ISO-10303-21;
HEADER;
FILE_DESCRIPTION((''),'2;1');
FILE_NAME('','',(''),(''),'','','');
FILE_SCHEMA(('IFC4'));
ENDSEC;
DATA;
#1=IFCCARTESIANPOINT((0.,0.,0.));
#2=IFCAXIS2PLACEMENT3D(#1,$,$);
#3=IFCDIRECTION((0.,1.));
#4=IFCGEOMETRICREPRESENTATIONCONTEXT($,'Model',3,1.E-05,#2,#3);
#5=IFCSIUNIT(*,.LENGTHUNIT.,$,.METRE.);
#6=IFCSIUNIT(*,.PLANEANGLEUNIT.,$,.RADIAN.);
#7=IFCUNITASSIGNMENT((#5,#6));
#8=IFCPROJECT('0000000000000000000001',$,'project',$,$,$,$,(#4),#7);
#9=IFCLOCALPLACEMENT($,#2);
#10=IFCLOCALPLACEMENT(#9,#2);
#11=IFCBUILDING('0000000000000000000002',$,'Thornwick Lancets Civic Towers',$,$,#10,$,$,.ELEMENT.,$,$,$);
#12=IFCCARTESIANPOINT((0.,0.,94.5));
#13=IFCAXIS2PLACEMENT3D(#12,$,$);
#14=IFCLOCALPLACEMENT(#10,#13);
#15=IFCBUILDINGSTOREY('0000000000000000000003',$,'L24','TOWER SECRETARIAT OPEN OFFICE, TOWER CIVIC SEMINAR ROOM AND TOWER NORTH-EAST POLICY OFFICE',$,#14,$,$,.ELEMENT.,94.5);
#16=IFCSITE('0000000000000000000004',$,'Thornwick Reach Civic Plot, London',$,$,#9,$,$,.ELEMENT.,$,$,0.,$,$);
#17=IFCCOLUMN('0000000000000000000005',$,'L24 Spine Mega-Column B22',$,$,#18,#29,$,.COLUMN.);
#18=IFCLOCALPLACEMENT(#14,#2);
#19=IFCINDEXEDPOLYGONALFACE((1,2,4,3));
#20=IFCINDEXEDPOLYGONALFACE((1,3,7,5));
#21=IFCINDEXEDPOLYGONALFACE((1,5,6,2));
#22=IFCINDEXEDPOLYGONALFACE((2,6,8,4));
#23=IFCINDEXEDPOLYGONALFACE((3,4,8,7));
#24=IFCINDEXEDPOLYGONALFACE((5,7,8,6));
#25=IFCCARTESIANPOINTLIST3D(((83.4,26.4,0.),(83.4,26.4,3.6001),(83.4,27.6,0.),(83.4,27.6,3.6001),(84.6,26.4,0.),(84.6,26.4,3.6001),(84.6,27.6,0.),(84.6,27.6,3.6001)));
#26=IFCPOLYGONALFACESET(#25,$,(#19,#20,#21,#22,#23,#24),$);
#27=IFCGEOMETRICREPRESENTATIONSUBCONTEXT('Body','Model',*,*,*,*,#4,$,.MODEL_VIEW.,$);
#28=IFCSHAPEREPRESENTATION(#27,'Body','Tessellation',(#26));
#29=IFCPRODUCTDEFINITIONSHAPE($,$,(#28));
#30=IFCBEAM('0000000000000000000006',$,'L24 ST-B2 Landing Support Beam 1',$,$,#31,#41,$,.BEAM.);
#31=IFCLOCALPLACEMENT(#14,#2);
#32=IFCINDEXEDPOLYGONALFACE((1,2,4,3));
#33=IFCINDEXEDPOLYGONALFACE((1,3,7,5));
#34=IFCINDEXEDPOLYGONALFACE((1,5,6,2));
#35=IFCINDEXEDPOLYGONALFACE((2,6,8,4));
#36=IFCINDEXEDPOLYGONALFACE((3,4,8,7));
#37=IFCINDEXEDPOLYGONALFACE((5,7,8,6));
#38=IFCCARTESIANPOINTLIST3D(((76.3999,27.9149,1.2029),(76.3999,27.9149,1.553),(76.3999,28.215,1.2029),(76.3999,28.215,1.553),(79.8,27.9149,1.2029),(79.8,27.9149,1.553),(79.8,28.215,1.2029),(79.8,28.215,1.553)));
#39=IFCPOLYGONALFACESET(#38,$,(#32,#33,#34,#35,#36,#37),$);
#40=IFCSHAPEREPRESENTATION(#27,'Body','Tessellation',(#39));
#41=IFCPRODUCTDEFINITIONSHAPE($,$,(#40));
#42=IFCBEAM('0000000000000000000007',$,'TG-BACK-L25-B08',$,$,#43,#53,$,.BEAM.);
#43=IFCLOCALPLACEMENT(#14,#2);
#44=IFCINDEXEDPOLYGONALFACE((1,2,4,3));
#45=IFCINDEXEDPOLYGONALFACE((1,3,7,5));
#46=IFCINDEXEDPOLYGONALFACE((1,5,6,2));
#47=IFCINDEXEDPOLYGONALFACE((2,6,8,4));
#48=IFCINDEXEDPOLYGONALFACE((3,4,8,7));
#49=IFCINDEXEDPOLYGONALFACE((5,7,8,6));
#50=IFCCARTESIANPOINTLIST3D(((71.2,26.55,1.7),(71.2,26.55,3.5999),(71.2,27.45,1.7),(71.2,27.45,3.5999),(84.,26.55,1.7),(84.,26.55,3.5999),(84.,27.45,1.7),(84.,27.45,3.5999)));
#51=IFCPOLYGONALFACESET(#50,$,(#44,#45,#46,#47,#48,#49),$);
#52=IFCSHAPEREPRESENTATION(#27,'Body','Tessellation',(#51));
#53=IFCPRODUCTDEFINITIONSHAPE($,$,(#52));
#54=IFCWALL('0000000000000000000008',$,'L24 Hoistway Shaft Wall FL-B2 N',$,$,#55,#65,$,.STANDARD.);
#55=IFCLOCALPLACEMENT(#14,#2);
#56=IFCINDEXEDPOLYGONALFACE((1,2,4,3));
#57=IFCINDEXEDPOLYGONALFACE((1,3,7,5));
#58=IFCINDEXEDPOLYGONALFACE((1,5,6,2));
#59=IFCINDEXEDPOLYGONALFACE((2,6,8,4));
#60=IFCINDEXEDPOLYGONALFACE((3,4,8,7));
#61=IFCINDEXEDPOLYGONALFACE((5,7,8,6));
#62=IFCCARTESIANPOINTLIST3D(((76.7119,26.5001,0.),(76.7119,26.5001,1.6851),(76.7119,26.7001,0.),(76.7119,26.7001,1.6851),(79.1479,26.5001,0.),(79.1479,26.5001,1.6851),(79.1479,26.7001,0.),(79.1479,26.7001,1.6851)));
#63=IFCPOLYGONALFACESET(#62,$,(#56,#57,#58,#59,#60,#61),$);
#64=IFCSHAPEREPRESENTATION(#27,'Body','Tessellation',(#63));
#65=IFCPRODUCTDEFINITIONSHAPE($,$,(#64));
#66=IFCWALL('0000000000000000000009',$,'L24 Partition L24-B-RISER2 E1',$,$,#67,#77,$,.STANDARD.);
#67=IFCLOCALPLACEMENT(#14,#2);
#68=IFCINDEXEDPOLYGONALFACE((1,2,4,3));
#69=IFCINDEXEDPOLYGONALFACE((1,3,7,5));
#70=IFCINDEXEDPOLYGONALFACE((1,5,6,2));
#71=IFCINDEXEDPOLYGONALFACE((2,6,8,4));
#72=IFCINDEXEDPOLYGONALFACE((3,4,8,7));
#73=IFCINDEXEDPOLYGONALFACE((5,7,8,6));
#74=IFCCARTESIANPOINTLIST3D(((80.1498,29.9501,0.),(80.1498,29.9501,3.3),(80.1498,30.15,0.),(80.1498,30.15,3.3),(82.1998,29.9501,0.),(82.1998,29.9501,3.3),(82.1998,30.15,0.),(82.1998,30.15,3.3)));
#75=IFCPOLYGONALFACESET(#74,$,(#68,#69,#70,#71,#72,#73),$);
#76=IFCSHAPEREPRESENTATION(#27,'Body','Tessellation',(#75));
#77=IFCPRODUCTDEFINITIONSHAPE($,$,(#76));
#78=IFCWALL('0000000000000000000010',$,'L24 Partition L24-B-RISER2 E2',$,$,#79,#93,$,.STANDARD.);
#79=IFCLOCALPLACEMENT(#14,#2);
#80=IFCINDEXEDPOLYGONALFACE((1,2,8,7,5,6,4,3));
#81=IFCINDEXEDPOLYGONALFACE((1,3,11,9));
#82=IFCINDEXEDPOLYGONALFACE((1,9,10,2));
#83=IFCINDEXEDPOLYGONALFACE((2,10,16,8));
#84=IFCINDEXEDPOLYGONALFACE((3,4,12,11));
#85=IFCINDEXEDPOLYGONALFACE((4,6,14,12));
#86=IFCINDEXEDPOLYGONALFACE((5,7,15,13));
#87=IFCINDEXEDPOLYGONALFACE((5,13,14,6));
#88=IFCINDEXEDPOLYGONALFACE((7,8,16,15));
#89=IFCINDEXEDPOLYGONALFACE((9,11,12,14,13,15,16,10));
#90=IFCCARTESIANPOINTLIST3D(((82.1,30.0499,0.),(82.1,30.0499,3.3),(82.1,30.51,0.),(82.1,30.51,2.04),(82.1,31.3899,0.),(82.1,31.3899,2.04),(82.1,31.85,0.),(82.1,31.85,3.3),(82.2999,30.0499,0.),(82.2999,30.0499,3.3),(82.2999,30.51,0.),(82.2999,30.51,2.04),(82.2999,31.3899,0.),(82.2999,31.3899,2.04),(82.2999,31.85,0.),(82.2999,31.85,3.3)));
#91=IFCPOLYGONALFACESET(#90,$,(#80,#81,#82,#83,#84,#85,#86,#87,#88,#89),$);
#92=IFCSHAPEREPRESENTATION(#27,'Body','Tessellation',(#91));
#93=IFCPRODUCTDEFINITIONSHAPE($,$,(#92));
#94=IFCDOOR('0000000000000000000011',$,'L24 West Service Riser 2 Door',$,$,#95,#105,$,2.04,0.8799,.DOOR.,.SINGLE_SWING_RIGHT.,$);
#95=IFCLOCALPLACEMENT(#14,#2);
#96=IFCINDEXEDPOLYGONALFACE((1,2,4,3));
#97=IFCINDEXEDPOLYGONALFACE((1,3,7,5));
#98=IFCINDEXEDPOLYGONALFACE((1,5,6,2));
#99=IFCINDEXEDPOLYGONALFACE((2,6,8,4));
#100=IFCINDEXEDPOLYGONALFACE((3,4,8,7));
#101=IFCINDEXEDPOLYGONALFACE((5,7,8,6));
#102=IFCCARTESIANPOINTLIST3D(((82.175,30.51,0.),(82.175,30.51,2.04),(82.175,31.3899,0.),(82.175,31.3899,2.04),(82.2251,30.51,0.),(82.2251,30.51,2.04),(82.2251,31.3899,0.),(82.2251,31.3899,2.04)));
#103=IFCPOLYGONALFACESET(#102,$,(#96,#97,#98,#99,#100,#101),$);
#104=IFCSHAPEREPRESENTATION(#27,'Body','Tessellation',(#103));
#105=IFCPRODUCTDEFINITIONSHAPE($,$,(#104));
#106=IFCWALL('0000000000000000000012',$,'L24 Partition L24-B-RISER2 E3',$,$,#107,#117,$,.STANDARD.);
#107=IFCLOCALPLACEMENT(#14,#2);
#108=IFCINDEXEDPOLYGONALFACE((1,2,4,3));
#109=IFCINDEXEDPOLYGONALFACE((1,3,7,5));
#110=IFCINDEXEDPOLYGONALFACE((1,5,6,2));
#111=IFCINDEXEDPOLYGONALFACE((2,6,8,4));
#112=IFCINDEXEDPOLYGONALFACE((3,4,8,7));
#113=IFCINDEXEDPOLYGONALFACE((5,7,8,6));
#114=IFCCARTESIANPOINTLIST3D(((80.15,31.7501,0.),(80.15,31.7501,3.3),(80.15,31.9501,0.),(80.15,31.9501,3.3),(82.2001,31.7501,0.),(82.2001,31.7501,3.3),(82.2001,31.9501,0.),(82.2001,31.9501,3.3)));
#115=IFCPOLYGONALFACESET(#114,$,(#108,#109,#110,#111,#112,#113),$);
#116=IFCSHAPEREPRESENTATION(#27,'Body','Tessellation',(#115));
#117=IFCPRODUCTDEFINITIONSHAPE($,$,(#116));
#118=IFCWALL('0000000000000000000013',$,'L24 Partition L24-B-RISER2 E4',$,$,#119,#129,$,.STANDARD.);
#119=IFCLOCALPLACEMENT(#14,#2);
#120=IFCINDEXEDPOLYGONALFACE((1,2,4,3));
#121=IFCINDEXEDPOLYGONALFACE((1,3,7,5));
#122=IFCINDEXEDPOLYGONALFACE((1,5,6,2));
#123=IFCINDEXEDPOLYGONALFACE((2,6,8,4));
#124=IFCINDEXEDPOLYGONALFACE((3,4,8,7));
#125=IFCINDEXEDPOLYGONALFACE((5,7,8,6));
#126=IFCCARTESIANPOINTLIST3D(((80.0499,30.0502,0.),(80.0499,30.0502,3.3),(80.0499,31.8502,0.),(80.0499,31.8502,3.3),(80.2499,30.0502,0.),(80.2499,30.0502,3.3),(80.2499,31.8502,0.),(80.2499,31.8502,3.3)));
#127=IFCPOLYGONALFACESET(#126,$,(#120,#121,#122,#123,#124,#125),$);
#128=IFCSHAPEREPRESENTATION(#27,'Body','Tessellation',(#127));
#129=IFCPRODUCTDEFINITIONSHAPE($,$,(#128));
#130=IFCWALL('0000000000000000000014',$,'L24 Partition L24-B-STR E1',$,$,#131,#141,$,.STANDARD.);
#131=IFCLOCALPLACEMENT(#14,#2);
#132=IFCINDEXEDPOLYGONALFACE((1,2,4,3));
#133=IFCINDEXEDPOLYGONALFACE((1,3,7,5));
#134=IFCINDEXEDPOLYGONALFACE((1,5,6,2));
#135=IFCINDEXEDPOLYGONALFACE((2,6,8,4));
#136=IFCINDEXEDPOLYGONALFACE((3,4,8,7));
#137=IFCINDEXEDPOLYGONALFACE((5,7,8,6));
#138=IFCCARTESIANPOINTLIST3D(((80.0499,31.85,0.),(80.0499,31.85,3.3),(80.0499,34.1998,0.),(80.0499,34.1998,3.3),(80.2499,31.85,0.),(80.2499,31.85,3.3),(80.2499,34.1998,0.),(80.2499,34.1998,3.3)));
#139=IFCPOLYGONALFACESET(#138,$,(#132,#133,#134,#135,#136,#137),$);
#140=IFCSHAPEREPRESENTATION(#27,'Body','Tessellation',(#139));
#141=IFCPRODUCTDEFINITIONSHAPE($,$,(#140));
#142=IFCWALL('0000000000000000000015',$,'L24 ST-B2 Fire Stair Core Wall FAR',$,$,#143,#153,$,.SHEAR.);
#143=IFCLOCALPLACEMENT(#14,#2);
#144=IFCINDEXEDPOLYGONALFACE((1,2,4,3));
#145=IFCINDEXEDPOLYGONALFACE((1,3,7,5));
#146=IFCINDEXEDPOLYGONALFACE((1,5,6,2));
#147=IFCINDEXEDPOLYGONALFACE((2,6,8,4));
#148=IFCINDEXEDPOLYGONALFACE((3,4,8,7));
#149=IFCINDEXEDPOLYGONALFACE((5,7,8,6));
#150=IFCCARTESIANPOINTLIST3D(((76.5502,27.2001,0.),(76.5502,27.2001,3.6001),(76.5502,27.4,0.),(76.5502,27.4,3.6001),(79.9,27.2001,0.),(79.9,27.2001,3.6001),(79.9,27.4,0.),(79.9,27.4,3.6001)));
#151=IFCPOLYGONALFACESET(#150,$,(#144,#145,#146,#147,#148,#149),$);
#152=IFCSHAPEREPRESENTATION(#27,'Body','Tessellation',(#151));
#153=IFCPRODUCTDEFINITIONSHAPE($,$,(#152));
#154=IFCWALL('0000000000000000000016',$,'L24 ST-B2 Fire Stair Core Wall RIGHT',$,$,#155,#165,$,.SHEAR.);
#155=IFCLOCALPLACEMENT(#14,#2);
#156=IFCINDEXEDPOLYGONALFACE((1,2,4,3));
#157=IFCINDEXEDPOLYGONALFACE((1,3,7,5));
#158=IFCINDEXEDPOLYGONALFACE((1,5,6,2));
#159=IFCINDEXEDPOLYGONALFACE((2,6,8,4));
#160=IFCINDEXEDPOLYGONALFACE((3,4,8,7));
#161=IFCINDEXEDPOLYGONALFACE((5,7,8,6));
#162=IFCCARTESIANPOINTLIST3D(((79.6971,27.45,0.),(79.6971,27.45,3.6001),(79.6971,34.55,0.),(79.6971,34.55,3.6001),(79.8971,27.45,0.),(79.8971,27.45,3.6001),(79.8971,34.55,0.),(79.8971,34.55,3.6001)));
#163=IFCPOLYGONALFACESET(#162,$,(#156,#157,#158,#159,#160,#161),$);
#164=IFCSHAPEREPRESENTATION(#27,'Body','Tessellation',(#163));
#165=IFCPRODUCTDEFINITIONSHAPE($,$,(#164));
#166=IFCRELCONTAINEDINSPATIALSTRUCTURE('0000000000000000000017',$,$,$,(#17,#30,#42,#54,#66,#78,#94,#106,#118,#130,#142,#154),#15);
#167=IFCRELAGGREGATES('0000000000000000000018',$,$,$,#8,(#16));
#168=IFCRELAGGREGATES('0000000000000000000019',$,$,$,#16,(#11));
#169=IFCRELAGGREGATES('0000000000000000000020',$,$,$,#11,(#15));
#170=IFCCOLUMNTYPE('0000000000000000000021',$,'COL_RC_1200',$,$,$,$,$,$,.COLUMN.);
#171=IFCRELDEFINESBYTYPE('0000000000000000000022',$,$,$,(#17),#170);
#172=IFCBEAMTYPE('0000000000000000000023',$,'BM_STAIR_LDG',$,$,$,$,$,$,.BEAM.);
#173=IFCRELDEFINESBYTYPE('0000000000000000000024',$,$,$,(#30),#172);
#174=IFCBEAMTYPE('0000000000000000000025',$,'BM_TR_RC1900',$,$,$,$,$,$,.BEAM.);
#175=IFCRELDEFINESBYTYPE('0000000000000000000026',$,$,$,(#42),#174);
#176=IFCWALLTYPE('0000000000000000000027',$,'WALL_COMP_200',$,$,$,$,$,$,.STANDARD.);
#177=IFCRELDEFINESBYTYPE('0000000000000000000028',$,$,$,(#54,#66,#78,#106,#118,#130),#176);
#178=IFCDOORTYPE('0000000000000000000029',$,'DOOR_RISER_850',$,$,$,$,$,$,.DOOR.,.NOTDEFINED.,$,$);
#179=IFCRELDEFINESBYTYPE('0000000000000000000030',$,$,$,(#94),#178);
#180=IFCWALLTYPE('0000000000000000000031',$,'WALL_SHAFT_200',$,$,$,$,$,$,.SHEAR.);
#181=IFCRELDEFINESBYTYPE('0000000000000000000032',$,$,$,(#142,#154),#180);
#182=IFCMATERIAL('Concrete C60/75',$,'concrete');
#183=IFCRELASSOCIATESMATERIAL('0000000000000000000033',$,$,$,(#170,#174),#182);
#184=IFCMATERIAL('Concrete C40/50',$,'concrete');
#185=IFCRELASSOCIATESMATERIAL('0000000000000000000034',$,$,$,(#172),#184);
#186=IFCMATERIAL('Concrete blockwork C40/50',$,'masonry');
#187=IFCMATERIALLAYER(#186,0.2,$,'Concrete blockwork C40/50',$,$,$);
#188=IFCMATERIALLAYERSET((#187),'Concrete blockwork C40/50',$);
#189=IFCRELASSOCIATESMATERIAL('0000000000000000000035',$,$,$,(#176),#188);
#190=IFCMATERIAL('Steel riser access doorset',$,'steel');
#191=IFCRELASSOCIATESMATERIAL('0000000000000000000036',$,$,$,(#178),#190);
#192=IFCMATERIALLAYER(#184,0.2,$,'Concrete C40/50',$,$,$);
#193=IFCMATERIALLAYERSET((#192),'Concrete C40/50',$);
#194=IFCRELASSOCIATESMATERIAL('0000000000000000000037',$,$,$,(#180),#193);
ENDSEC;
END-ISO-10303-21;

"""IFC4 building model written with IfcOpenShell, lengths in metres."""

from ifc_helpers import new_model, si_unit, direction, frame, frame_2d, origin, origin_2d, place, context, subcontext, project, spatial, rectangle, extrude, material, layer, layer_set, material_profile, profile_set, type_object, element, fill, save


model = new_model("IFC4")

# Units and contexts
model_context = context("Model", 3, precision=1e-05, world=origin(), true_north=direction((0.0, 1.0)))
body_context = subcontext(model_context, "Body", "Model", "MODEL_VIEW")
ifc_project = project(units=[si_unit("LENGTHUNIT", "METRE"), si_unit("PLANEANGLEUNIT", "RADIAN")], contexts=[model_context])

# Site, building, storey
site_placement = place(None, origin())
site = spatial("IfcSite", under=ifc_project, at=site_placement, Name="Thornwick Reach Civic Plot, London", CompositionType="ELEMENT", RefElevation=0.0)
building_placement = place(site_placement, origin())
building = spatial("IfcBuilding", under=site, at=building_placement, Name="Thornwick Lancets Civic Towers", CompositionType="ELEMENT")
storey_placement = place(building_placement, frame((0.0, 0.0, 94.5)))
storey = spatial("IfcBuildingStorey", under=building, at=storey_placement, Name="L24", Description="TOWER SECRETARIAT OPEN OFFICE, TOWER CIVIC SEMINAR ROOM AND TOWER NORTH-EAST POLICY OFFICE", CompositionType="ELEMENT", Elevation=94.5)

# Column
ifc_material_1 = material(Name="Concrete C60/75", Category="concrete")
ifc_material_profile_1 = material_profile(ifc_material_1, rectangle(XDim=1.2, YDim=1.2, at=origin_2d()), Name="RC 1200x1200")
ifc_profile_set_1 = profile_set([ifc_material_profile_1], Name="Concrete C60/75")
column_type = type_object("IfcColumnType", Name="COL_RC_1200", PredefinedType="COLUMN", material=ifc_profile_set_1)
column_placement = place(storey_placement, frame((84.0, 27.0, 0.0), z_axis=(0.0, 0.0, 1.0), x_axis=(1.0, 0.0, 0.0)))
element("IfcColumn", 1, at=column_placement, inside=storey, type_object=column_type, Name="L24 Spine Mega-Column B22", PredefinedType="COLUMN", context=body_context, shape_type="SweptSolid", body=[
    extrude(rectangle(XDim=1.2, YDim=1.2, at=origin_2d()), origin(), (0.0, 0.0, 1.0), 3.6001),
])

# Beams
ifc_material_2 = material(Name="Concrete C40/50", Category="concrete")
ifc_material_profile_2 = material_profile(ifc_material_2, rectangle(XDim=0.3, YDim=0.3501, at=origin_2d()), Name="RC 300x350")
ifc_profile_set_2 = profile_set([ifc_material_profile_2], Name="Concrete C40/50")
beam_type_1 = type_object("IfcBeamType", Name="BM_STAIR_LDG", PredefinedType="BEAM", material=ifc_profile_set_2)
beam_1_placement = place(storey_placement, frame((76.3999, 28.0649, 1.3779), z_axis=(1.0, 0.0, 0.0), x_axis=(0.0, 1.0, 0.0)))
element("IfcBeam", 2, at=beam_1_placement, inside=storey, type_object=beam_type_1, Name="L24 ST-B2 Landing Support Beam 1", PredefinedType="BEAM", context=body_context, shape_type="SweptSolid", body=[
    extrude(rectangle(XDim=0.3, YDim=0.3501, at=origin_2d()), origin(), (0.0, 0.0, 1.0), 3.4001),
])
ifc_material_profile_3 = material_profile(ifc_material_1, rectangle(XDim=0.8999, YDim=1.8999, at=origin_2d()), Name="RC 900x1900")
ifc_profile_set_3 = profile_set([ifc_material_profile_3], Name="Concrete C60/75")
beam_type_2 = type_object("IfcBeamType", Name="BM_TR_RC1900", PredefinedType="BEAM", material=ifc_profile_set_3)
beam_2_placement = place(storey_placement, frame((84.0, 27.0, 2.6499), z_axis=(-1.0, 0.0, 0.0), x_axis=(0.0, -1.0, 0.0)))
element("IfcBeam", 3, at=beam_2_placement, inside=storey, type_object=beam_type_2, Name="TG-BACK-L25-B08", PredefinedType="BEAM", context=body_context, shape_type="SweptSolid", body=[
    extrude(rectangle(XDim=0.8999, YDim=1.8999, at=origin_2d()), origin(), (0.0, 0.0, 1.0), 12.8),
])

# Walls
ifc_material_3 = material(Name="Concrete blockwork C40/50", Category="masonry")
ifc_layer_1 = layer(ifc_material_3, 0.2, Name="Concrete blockwork C40/50")
ifc_layer_set_1 = layer_set([ifc_layer_1], Name="Concrete blockwork C40/50")
wall_type_1 = type_object("IfcWallType", Name="WALL_COMP_200", PredefinedType="STANDARD", material=ifc_layer_set_1)
wall_1_placement = place(storey_placement, frame((76.7119, 26.6001, 0.0), z_axis=(0.0, 0.0, 1.0), x_axis=(1.0, 0.0, 0.0)))
element("IfcWall", 4, at=wall_1_placement, inside=storey, type_object=wall_type_1, Name="L24 Hoistway Shaft Wall FL-B2 N", PredefinedType="STANDARD", context=body_context, shape_type="SweptSolid", body=[
    extrude(rectangle(XDim=2.436, YDim=0.2, at=frame_2d((1.218, 0.0))), origin(), (0.0, 0.0, 1.0), 1.6851),
])
wall_2_placement = place(storey_placement, frame((80.1499, 30.05, 0.0), z_axis=(0.0, 0.0, 1.0), x_axis=(1.0, 0.0, 0.0)))
element("IfcWall", 5, at=wall_2_placement, inside=storey, type_object=wall_type_1, Name="L24 Partition L24-B-RISER2 E1", PredefinedType="STANDARD", context=body_context, shape_type="SweptSolid", body=[
    extrude(rectangle(XDim=2.05, YDim=0.2, at=frame_2d((1.0249, 0.0))), origin(), (0.0, 0.0, 1.0), 3.3),
])

# Wall, opening, door
wall_3_placement = place(storey_placement, frame((82.2, 30.05, 0.0), z_axis=(0.0, 0.0, 1.0), x_axis=(0.0, 1.0, 0.0)))
wall_3 = element("IfcWall", 6, at=wall_3_placement, inside=storey, type_object=wall_type_1, Name="L24 Partition L24-B-RISER2 E2", PredefinedType="STANDARD", context=body_context, shape_type="SweptSolid", body=[
    extrude(rectangle(XDim=1.8, YDim=0.2, at=frame_2d((0.8999, 0.0))), origin(), (0.0, 0.0, 1.0), 3.3),
])
opening_placement = place(wall_3_placement, frame((0.46, 0.0, 0.0)))
opening = element("IfcOpeningElement", 7, at=opening_placement, cuts=wall_3, PredefinedType="OPENING", context=body_context, shape_type="SweptSolid", body=[
    extrude(rectangle(XDim=0.8799, YDim=2.04, at=frame_2d((0.4399, 1.02))), frame((0.0, 0.1099, 0.0), z_axis=(0.0, -1.0, 0.0), x_axis=(1.0, 0.0, 0.0)), (0.0, 0.0, 1.0), 0.22),
])
ifc_material_4 = material(Name="Steel riser access doorset", Category="steel")
door_type = type_object("IfcDoorType", Name="DOOR_RISER_850", OperationType="NOTDEFINED", PredefinedType="DOOR", material=ifc_material_4)
door_placement = place(opening_placement, origin())
door = element("IfcDoor", 8, at=door_placement, inside=storey, type_object=door_type, Name="L24 West Service Riser 2 Door", OperationType="SINGLE_SWING_RIGHT", OverallHeight=2.04, OverallWidth=0.8799, PredefinedType="DOOR", context=body_context, shape_type="SweptSolid", body=[
    extrude(rectangle(XDim=0.8799, YDim=2.04, at=frame_2d((0.4399, 1.02))), frame((0.0, 0.0249, 0.0), z_axis=(0.0, -1.0, 0.0), x_axis=(1.0, 0.0, 0.0)), (0.0, 0.0, 1.0), 0.05),
])
fill(opening, door)

# Walls
wall_4_placement = place(storey_placement, frame((82.2, 31.8501, 0.0), z_axis=(0.0, 0.0, 1.0), x_axis=(-1.0, 0.0, 0.0)))
element("IfcWall", 9, at=wall_4_placement, inside=storey, type_object=wall_type_1, Name="L24 Partition L24-B-RISER2 E3", PredefinedType="STANDARD", context=body_context, shape_type="SweptSolid", body=[
    extrude(rectangle(XDim=2.05, YDim=0.2, at=frame_2d((1.0249, 0.0))), origin(), (0.0, 0.0, 1.0), 3.3),
])
wall_5_placement = place(storey_placement, frame((80.1499, 31.8501, 0.0), z_axis=(0.0, 0.0, 1.0), x_axis=(0.0, -1.0, 0.0)))
element("IfcWall", 10, at=wall_5_placement, inside=storey, type_object=wall_type_1, Name="L24 Partition L24-B-RISER2 E4", PredefinedType="STANDARD", context=body_context, shape_type="SweptSolid", body=[
    extrude(rectangle(XDim=1.8, YDim=0.2, at=frame_2d((0.8999, 0.0))), origin(), (0.0, 0.0, 1.0), 3.3),
])
wall_6_placement = place(storey_placement, frame((80.1499, 31.8501, 0.0), z_axis=(0.0, 0.0, 1.0), x_axis=(0.0, 1.0, 0.0)))
element("IfcWall", 11, at=wall_6_placement, inside=storey, type_object=wall_type_1, Name="L24 Partition L24-B-STR E1", PredefinedType="STANDARD", context=body_context, shape_type="SweptSolid", body=[
    extrude(rectangle(XDim=2.3499, YDim=0.2, at=frame_2d((1.1748, 0.0))), origin(), (0.0, 0.0, 1.0), 3.3),
])
ifc_layer_2 = layer(ifc_material_2, 0.2, Name="Concrete C40/50")
ifc_layer_set_2 = layer_set([ifc_layer_2], Name="Concrete C40/50")
wall_type_2 = type_object("IfcWallType", Name="WALL_SHAFT_200", PredefinedType="SHEAR", material=ifc_layer_set_2)
wall_7_placement = place(storey_placement, frame((79.8999, 27.3, 0.0), z_axis=(0.0, 0.0, 1.0), x_axis=(-1.0, 0.0, 0.0)))
element("IfcWall", 12, at=wall_7_placement, inside=storey, type_object=wall_type_2, Name="L24 ST-B2 Fire Stair Core Wall FAR", PredefinedType="SHEAR", context=body_context, shape_type="SweptSolid", body=[
    extrude(rectangle(XDim=3.3499, YDim=0.2, at=frame_2d((1.6748, 0.0))), origin(), (0.0, 0.0, 1.0), 3.6001),
])
wall_8_placement = place(storey_placement, frame((79.7971, 27.45, 0.0), z_axis=(0.0, 0.0, 1.0), x_axis=(0.0, 1.0, 0.0)))
element("IfcWall", 13, at=wall_8_placement, inside=storey, type_object=wall_type_2, Name="L24 ST-B2 Fire Stair Core Wall RIGHT", PredefinedType="SHEAR", context=body_context, shape_type="SweptSolid", body=[
    extrude(rectangle(XDim=7.1001, YDim=0.2, at=frame_2d((3.55, 0.0))), origin(), (0.0, 0.0, 1.0), 3.6001),
])

save(model, "model.ifc")
